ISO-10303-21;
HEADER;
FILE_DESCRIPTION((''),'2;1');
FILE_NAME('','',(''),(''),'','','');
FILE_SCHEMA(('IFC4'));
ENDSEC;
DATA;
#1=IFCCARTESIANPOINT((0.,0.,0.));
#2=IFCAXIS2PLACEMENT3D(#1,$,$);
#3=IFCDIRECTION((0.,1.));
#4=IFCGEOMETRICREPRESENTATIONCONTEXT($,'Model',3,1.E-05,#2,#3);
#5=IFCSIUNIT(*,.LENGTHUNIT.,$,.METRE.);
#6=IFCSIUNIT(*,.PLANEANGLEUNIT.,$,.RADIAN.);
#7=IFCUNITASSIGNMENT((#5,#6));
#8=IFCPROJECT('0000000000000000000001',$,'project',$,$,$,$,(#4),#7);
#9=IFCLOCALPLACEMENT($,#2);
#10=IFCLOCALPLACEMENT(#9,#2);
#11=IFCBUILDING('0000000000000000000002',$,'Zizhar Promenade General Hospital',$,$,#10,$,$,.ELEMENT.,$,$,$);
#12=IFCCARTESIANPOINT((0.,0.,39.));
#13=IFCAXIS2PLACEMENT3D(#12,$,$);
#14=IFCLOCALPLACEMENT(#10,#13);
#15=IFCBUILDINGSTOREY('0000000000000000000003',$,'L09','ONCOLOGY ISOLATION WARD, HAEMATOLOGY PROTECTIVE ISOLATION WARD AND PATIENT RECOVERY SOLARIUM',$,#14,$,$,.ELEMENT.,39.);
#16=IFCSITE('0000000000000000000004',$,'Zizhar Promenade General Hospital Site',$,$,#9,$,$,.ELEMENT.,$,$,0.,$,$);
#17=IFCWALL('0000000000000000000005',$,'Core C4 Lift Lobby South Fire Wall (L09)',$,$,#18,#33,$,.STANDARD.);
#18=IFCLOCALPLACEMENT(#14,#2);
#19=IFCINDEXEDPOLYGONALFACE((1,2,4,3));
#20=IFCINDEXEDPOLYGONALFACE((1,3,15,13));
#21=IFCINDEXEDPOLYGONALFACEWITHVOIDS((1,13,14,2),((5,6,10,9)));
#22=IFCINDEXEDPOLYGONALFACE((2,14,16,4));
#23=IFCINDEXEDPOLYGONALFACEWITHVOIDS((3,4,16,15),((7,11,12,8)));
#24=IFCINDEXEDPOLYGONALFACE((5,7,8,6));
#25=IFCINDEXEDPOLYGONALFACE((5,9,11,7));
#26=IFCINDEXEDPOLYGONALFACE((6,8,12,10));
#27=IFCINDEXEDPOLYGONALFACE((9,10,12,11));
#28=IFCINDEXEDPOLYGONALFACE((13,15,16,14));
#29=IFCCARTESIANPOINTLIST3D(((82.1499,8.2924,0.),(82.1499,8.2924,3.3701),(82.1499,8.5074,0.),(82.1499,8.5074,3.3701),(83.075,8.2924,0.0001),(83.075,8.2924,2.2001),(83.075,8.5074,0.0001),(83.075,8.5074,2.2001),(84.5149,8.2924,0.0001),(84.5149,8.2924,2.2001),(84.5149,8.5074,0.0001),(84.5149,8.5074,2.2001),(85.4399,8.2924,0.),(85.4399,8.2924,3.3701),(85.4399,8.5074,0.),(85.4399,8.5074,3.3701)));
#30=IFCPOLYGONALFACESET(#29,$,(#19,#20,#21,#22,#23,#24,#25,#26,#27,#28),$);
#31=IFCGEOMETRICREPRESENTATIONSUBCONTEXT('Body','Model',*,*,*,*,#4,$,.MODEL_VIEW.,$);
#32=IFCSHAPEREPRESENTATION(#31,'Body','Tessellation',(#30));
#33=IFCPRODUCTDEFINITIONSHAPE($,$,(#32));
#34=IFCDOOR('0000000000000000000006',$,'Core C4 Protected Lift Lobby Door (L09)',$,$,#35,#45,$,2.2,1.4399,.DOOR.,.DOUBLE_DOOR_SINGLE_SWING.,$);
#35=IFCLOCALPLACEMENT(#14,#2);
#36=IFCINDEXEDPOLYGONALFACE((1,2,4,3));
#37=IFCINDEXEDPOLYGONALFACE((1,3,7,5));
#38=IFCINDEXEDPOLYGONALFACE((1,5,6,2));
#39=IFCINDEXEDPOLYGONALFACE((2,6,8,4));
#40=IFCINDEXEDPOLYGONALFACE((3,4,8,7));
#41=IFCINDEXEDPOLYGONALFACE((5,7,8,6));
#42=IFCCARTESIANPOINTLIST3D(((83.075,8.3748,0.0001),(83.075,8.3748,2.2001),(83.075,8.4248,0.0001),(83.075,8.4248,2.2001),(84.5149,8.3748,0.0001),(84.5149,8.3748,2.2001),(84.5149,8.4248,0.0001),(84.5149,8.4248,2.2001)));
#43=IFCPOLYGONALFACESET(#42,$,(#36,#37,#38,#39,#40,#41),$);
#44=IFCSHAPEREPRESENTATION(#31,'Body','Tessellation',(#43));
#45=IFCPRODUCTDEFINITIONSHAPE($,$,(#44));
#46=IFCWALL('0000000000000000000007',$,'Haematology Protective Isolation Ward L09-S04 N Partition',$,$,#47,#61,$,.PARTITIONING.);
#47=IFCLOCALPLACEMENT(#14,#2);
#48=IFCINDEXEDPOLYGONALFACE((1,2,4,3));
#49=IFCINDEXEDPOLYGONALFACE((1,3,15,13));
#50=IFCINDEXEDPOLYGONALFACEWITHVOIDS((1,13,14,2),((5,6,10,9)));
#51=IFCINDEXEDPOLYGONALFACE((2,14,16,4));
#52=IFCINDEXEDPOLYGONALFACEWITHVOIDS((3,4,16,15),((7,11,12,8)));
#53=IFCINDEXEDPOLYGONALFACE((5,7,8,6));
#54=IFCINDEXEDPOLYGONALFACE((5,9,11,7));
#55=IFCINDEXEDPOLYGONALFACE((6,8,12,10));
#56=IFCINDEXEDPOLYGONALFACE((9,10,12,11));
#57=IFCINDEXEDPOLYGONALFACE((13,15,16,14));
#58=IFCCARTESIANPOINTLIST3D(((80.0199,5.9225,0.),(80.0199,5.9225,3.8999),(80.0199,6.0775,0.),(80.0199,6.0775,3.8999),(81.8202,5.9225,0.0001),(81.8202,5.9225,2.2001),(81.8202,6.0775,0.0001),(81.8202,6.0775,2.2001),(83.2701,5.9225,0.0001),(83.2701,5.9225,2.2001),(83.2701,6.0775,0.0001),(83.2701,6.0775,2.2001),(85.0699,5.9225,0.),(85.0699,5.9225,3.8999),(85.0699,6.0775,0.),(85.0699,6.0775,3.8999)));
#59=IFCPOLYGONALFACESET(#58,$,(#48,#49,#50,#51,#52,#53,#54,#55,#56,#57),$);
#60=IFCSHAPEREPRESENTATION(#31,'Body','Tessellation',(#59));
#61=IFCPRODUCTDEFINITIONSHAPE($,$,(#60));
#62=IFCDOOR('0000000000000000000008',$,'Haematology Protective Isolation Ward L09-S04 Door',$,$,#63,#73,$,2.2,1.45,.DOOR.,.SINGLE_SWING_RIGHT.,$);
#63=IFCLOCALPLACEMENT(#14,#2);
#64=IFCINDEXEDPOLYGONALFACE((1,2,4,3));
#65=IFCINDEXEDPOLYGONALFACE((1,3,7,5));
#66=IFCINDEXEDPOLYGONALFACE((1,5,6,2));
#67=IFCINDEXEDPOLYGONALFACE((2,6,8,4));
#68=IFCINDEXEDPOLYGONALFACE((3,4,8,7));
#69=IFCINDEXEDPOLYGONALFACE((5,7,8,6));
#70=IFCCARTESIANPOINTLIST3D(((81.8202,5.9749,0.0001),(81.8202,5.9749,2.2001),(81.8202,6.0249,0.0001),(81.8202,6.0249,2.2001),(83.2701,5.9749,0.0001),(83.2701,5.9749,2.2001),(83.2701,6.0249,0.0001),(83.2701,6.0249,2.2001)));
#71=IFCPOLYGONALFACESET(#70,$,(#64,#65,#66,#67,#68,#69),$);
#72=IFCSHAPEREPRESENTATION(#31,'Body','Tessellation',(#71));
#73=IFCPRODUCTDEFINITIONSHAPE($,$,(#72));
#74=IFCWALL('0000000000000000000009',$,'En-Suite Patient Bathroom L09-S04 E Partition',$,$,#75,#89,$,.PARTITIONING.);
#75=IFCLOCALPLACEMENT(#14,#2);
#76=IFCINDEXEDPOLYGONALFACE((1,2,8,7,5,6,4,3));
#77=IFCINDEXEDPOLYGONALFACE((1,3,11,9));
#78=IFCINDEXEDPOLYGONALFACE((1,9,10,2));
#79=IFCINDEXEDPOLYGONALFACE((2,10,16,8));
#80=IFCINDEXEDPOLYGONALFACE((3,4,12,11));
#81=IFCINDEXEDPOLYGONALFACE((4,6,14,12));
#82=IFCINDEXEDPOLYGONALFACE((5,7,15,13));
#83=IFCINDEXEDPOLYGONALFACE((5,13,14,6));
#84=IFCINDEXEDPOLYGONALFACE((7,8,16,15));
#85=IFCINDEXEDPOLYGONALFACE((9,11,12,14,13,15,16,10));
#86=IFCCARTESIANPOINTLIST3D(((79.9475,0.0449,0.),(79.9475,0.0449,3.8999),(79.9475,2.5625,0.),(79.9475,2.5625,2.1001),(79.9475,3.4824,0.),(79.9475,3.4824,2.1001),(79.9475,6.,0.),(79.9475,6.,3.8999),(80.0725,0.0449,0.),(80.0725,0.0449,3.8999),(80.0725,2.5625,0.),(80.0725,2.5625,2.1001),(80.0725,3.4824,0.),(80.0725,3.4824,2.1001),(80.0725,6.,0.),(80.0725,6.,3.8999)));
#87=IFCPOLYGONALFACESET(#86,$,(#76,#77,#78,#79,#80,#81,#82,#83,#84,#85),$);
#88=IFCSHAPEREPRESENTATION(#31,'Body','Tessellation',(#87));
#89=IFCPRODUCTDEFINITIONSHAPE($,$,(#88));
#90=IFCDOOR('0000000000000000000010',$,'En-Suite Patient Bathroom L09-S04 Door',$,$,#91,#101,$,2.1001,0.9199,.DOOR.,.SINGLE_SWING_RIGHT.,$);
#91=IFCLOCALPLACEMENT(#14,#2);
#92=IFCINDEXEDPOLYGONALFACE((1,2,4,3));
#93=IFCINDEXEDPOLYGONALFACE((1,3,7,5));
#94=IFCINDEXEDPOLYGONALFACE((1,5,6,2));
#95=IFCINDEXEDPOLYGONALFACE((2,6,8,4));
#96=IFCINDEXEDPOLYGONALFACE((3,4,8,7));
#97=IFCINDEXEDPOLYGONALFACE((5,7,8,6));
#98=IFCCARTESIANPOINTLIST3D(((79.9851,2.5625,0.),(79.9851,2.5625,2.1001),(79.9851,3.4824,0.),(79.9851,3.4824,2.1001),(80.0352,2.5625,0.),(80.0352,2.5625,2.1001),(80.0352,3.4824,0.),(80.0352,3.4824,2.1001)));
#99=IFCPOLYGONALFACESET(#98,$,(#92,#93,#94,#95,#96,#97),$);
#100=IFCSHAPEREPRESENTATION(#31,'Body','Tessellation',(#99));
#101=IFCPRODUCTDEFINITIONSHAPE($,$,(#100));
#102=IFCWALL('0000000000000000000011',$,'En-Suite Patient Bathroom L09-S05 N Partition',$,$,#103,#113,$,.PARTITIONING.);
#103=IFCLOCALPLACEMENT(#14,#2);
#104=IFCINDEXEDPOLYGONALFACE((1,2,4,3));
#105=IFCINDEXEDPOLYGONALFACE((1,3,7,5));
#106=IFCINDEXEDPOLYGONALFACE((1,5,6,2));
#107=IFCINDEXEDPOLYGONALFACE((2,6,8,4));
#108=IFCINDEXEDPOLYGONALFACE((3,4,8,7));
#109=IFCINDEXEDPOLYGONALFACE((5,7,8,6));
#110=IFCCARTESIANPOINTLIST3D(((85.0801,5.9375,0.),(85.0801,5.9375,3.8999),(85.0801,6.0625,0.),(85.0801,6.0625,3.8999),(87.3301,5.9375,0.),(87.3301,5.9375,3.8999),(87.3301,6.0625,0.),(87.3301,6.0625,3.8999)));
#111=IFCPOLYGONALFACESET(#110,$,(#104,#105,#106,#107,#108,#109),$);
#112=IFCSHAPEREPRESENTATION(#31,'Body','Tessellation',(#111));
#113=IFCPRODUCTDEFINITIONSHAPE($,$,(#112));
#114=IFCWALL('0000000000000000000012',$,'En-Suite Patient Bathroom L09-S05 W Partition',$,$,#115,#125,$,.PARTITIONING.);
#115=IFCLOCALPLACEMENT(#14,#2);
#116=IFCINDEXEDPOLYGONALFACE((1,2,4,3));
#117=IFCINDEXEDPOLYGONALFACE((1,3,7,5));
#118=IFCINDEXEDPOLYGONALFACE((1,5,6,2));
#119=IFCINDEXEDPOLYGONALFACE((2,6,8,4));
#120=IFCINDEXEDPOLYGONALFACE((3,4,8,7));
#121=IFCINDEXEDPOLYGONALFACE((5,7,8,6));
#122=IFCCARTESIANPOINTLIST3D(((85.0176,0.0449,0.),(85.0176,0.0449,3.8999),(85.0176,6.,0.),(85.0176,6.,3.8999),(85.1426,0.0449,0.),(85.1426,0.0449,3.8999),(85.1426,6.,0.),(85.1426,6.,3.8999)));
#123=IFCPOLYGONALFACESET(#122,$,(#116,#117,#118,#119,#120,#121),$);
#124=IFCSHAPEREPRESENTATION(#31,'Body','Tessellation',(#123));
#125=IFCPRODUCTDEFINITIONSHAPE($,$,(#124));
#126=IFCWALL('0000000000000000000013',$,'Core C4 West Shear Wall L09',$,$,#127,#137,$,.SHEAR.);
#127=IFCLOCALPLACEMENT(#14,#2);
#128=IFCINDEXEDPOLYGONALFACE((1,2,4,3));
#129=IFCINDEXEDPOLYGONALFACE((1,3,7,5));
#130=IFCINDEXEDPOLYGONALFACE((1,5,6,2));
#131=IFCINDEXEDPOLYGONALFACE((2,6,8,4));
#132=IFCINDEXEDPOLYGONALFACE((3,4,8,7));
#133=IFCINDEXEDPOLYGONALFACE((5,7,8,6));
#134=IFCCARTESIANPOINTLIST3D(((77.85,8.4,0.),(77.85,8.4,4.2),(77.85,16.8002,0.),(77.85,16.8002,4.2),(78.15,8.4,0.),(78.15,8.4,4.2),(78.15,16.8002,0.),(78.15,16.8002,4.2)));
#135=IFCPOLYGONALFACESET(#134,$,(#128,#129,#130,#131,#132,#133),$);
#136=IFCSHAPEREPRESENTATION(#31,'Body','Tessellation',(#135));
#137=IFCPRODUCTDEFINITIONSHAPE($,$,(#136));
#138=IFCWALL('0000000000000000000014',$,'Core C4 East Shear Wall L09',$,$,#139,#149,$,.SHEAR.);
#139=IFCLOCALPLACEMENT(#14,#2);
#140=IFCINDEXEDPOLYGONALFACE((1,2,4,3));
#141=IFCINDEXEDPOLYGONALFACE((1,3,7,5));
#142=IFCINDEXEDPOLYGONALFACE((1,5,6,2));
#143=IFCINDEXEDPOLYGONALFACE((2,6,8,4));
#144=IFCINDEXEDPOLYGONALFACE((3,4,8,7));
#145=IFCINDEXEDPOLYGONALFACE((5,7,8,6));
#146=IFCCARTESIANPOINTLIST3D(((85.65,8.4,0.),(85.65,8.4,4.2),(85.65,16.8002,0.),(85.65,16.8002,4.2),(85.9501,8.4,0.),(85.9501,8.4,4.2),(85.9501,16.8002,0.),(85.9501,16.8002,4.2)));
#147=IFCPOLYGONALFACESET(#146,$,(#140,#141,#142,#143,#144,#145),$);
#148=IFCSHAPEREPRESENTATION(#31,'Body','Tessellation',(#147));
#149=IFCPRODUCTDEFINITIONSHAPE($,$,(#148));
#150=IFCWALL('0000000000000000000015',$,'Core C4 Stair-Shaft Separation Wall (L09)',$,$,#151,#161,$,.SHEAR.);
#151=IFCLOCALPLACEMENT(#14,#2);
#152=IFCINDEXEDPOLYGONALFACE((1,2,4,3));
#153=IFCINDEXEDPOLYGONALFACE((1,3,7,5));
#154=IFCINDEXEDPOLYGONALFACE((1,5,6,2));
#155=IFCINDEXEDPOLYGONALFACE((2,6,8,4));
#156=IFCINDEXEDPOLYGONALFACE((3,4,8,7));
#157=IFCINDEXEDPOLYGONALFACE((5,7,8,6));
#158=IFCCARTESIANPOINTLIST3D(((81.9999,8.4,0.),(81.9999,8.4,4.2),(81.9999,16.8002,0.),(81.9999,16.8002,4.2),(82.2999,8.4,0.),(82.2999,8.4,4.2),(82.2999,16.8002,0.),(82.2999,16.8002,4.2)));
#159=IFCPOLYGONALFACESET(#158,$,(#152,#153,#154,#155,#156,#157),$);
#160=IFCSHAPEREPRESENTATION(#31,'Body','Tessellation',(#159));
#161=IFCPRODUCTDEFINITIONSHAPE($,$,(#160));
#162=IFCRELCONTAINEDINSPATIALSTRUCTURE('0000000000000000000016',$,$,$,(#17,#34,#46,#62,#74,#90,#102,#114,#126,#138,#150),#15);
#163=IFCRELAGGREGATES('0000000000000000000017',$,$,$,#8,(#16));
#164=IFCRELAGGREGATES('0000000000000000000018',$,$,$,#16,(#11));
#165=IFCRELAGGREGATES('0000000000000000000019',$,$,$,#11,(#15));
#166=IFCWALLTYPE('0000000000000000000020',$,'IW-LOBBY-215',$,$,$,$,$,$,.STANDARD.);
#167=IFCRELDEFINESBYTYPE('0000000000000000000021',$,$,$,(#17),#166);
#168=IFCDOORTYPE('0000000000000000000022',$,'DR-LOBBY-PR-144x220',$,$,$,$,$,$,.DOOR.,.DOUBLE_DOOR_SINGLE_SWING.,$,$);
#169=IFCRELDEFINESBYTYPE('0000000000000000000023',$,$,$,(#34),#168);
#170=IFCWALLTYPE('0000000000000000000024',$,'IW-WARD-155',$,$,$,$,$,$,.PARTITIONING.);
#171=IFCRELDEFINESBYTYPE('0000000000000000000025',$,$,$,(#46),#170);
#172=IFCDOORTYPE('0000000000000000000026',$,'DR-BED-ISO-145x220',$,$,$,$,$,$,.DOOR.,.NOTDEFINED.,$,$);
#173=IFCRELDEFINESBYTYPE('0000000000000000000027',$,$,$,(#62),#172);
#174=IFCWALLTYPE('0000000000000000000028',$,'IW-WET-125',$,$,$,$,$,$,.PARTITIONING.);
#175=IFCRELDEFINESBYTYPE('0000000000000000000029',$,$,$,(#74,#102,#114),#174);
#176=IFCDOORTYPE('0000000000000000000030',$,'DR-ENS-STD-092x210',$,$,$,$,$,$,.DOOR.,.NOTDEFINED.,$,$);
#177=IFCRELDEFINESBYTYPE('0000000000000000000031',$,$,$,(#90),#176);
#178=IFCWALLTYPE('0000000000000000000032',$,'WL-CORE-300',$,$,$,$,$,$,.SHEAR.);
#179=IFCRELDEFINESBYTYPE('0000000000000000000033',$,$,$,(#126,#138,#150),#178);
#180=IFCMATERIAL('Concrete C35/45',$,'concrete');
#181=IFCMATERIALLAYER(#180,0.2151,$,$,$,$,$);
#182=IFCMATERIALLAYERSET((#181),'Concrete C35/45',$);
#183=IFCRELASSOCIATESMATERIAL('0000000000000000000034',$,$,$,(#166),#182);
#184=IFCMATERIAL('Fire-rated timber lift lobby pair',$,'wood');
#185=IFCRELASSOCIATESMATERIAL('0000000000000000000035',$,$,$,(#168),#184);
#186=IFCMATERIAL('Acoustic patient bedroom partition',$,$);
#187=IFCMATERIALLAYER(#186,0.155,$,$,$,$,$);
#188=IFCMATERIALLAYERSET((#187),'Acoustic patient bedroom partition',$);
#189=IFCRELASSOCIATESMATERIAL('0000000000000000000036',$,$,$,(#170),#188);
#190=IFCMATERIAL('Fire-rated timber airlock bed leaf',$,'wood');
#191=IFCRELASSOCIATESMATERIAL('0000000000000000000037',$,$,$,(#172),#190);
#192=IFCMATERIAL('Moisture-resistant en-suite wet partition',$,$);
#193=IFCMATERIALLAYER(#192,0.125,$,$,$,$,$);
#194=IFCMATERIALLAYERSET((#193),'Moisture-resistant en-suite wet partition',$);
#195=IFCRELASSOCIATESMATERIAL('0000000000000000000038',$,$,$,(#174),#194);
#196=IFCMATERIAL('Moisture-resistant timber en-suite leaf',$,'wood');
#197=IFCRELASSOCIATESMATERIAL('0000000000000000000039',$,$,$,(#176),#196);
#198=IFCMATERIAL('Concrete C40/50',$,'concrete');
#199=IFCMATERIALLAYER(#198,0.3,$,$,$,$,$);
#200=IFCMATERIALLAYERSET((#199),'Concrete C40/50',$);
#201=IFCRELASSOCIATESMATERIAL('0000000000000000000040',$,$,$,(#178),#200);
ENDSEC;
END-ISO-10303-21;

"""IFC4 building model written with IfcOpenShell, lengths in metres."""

from ifc_helpers import new_model, si_unit, direction, frame, frame_2d, origin, place, context, subcontext, project, spatial, rectangle, extrude, material, layer, layer_set, type_object, element, fill, save


model = new_model("IFC4")

# Units and contexts
model_context = context("Model", 3, precision=1e-05, world=origin(), true_north=direction((0.0, 1.0)))
body_context = subcontext(model_context, "Body", "Model", "MODEL_VIEW")
ifc_project = project(units=[si_unit("LENGTHUNIT", "METRE"), si_unit("PLANEANGLEUNIT", "RADIAN")], contexts=[model_context])

# Site, building, storey
site_placement = place(None, origin())
site = spatial("IfcSite", under=ifc_project, at=site_placement, Name="Zizhar Promenade General Hospital Site", CompositionType="ELEMENT", RefElevation=0.0)
building_placement = place(site_placement, origin())
building = spatial("IfcBuilding", under=site, at=building_placement, Name="Zizhar Promenade General Hospital", CompositionType="ELEMENT")
storey_placement = place(building_placement, frame((0.0, 0.0, 39.0)))
storey = spatial("IfcBuildingStorey", under=building, at=storey_placement, Name="L09", Description="ONCOLOGY ISOLATION WARD, HAEMATOLOGY PROTECTIVE ISOLATION WARD AND PATIENT RECOVERY SOLARIUM", CompositionType="ELEMENT", Elevation=39.0)

# Walls, openings, doors
ifc_material_1 = material(Name="Concrete C35/45", Category="concrete")
ifc_layer_1 = layer(ifc_material_1, 0.2151)
ifc_layer_set_1 = layer_set([ifc_layer_1], Name="Concrete C35/45")
wall_type_1 = type_object("IfcWallType", Name="IW-LOBBY-215", PredefinedType="STANDARD", material=ifc_layer_set_1)
wall_1_placement = place(storey_placement, frame((82.1499, 8.3999, 0.0), z_axis=(0.0, 0.0, 1.0), x_axis=(1.0, 0.0, 0.0)))
wall_1 = element("IfcWall", 1, at=wall_1_placement, inside=storey, type_object=wall_type_1, Name="Core C4 Lift Lobby South Fire Wall (L09)", PredefinedType="STANDARD", context=body_context, shape_type="SweptSolid", body=[
    extrude(rectangle(XDim=3.29, YDim=0.2151, at=frame_2d((1.645, 0.0))), origin(), (0.0, 0.0, 1.0), 3.3701),
])
opening_1_placement = place(wall_1_placement, frame((0.925, 0.0, 0.0)))
opening_1 = element("IfcOpeningElement", 2, at=opening_1_placement, cuts=wall_1, PredefinedType="OPENING", context=body_context, shape_type="SweptSolid", body=[
    extrude(rectangle(XDim=1.4399, YDim=2.2, at=frame_2d((0.72, 1.1001))), frame((0.0, 0.1177, 0.0), z_axis=(0.0, -1.0, 0.0), x_axis=(1.0, 0.0, 0.0)), (0.0, 0.0, 1.0), 0.2351),
])
ifc_material_2 = material(Name="Fire-rated timber lift lobby pair", Category="wood")
door_type_1 = type_object("IfcDoorType", Name="DR-LOBBY-PR-144x220", OperationType="DOUBLE_DOOR_SINGLE_SWING", PredefinedType="DOOR", material=ifc_material_2)
door_1_placement = place(opening_1_placement, origin())
door_1 = element("IfcDoor", 3, at=door_1_placement, inside=storey, type_object=door_type_1, Name="Core C4 Protected Lift Lobby Door (L09)", OperationType="DOUBLE_DOOR_SINGLE_SWING", OverallHeight=2.2, OverallWidth=1.4399, PredefinedType="DOOR", context=body_context, shape_type="SweptSolid", body=[
    extrude(rectangle(XDim=1.4399, YDim=2.2, at=frame_2d((0.72, 1.1001))), frame((0.0, 0.0249, 0.0), z_axis=(0.0, -1.0, 0.0), x_axis=(1.0, 0.0, 0.0)), (0.0, 0.0, 1.0), 0.05),
])
fill(opening_1, door_1)
ifc_material_3 = material(Name="Acoustic patient bedroom partition")
ifc_layer_2 = layer(ifc_material_3, 0.155)
ifc_layer_set_2 = layer_set([ifc_layer_2], Name="Acoustic patient bedroom partition")
wall_type_2 = type_object("IfcWallType", Name="IW-WARD-155", PredefinedType="PARTITIONING", material=ifc_layer_set_2)
wall_2_placement = place(storey_placement, frame((80.02, 6.0, 0.0), z_axis=(0.0, 0.0, 1.0), x_axis=(1.0, 0.0, 0.0)))
wall_2 = element("IfcWall", 4, at=wall_2_placement, inside=storey, type_object=wall_type_2, Name="Haematology Protective Isolation Ward L09-S04 N Partition", PredefinedType="PARTITIONING", context=body_context, shape_type="SweptSolid", body=[
    extrude(rectangle(XDim=5.05, YDim=0.155, at=frame_2d((2.5249, 0.0))), origin(), (0.0, 0.0, 1.0), 3.8999),
])
opening_2_placement = place(wall_2_placement, frame((1.8, 0.0, 0.0)))
opening_2 = element("IfcOpeningElement", 5, at=opening_2_placement, cuts=wall_2, PredefinedType="OPENING", context=body_context, shape_type="SweptSolid", body=[
    extrude(rectangle(XDim=1.45, YDim=2.2, at=frame_2d((0.7251, 1.1001))), frame((0.0, 0.0874, 0.0), z_axis=(0.0, -1.0, 0.0), x_axis=(1.0, 0.0, 0.0)), (0.0, 0.0, 1.0), 0.175),
])
ifc_material_4 = material(Name="Fire-rated timber airlock bed leaf", Category="wood")
door_type_2 = type_object("IfcDoorType", Name="DR-BED-ISO-145x220", OperationType="NOTDEFINED", PredefinedType="DOOR", material=ifc_material_4)
door_2_placement = place(opening_2_placement, origin())
door_2 = element("IfcDoor", 6, at=door_2_placement, inside=storey, type_object=door_type_2, Name="Haematology Protective Isolation Ward L09-S04 Door", OperationType="SINGLE_SWING_RIGHT", OverallHeight=2.2, OverallWidth=1.45, PredefinedType="DOOR", context=body_context, shape_type="SweptSolid", body=[
    extrude(rectangle(XDim=1.45, YDim=2.2, at=frame_2d((0.7251, 1.1001))), frame((0.0, 0.0249, 0.0), z_axis=(0.0, -1.0, 0.0), x_axis=(1.0, 0.0, 0.0)), (0.0, 0.0, 1.0), 0.05),
])
fill(opening_2, door_2)
ifc_material_5 = material(Name="Moisture-resistant en-suite wet partition")
ifc_layer_3 = layer(ifc_material_5, 0.125)
ifc_layer_set_3 = layer_set([ifc_layer_3], Name="Moisture-resistant en-suite wet partition")
wall_type_3 = type_object("IfcWallType", Name="IW-WET-125", PredefinedType="PARTITIONING", material=ifc_layer_set_3)
wall_3_placement = place(storey_placement, frame((80.01, 0.0449, 0.0), z_axis=(0.0, 0.0, 1.0), x_axis=(0.0, 1.0, 0.0)))
wall_3 = element("IfcWall", 7, at=wall_3_placement, inside=storey, type_object=wall_type_3, Name="En-Suite Patient Bathroom L09-S04 E Partition", PredefinedType="PARTITIONING", context=body_context, shape_type="SweptSolid", body=[
    extrude(rectangle(XDim=5.9551, YDim=0.125, at=frame_2d((2.9775, 0.0))), origin(), (0.0, 0.0, 1.0), 3.8999),
])
opening_3_placement = place(wall_3_placement, frame((2.5176, 0.0, 0.0)))
opening_3 = element("IfcOpeningElement", 8, at=opening_3_placement, cuts=wall_3, PredefinedType="OPENING", context=body_context, shape_type="SweptSolid", body=[
    extrude(rectangle(XDim=0.9199, YDim=2.1001, at=frame_2d((0.46, 1.05))), frame((0.0, 0.0725, 0.0), z_axis=(0.0, -1.0, 0.0), x_axis=(1.0, 0.0, 0.0)), (0.0, 0.0, 1.0), 0.145),
])
ifc_material_6 = material(Name="Moisture-resistant timber en-suite leaf", Category="wood")
door_type_3 = type_object("IfcDoorType", Name="DR-ENS-STD-092x210", OperationType="NOTDEFINED", PredefinedType="DOOR", material=ifc_material_6)
door_3_placement = place(opening_3_placement, origin())
door_3 = element("IfcDoor", 9, at=door_3_placement, inside=storey, type_object=door_type_3, Name="En-Suite Patient Bathroom L09-S04 Door", OperationType="SINGLE_SWING_RIGHT", OverallHeight=2.1001, OverallWidth=0.9199, PredefinedType="DOOR", context=body_context, shape_type="SweptSolid", body=[
    extrude(rectangle(XDim=0.9199, YDim=2.1001, at=frame_2d((0.46, 1.05))), frame((0.0, 0.0249, 0.0), z_axis=(0.0, -1.0, 0.0), x_axis=(1.0, 0.0, 0.0)), (0.0, 0.0, 1.0), 0.05),
])
fill(opening_3, door_3)

# Walls
wall_4_placement = place(storey_placement, frame((85.0801, 6.0, 0.0), z_axis=(0.0, 0.0, 1.0), x_axis=(1.0, 0.0, 0.0)))
element("IfcWall", 10, at=wall_4_placement, inside=storey, type_object=wall_type_3, Name="En-Suite Patient Bathroom L09-S05 N Partition", PredefinedType="PARTITIONING", context=body_context, shape_type="SweptSolid", body=[
    extrude(rectangle(XDim=2.25, YDim=0.125, at=frame_2d((1.125, 0.0))), origin(), (0.0, 0.0, 1.0), 3.8999),
])
wall_5_placement = place(storey_placement, frame((85.0801, 0.0449, 0.0), z_axis=(0.0, 0.0, 1.0), x_axis=(0.0, 1.0, 0.0)))
element("IfcWall", 11, at=wall_5_placement, inside=storey, type_object=wall_type_3, Name="En-Suite Patient Bathroom L09-S05 W Partition", PredefinedType="PARTITIONING", context=body_context, shape_type="SweptSolid", body=[
    extrude(rectangle(XDim=5.9551, YDim=0.125, at=frame_2d((2.9775, 0.0))), origin(), (0.0, 0.0, 1.0), 3.8999),
])
ifc_material_7 = material(Name="Concrete C40/50", Category="concrete")
ifc_layer_4 = layer(ifc_material_7, 0.3)
ifc_layer_set_4 = layer_set([ifc_layer_4], Name="Concrete C40/50")
wall_type_4 = type_object("IfcWallType", Name="WL-CORE-300", PredefinedType="SHEAR", material=ifc_layer_set_4)
for number, where, z_axis, x_axis, name in (
    (12, (78.0, 8.3999, 0.0), (0.0, 0.0, 1.0), (0.0, 1.0, 0.0), "Core C4 West Shear Wall L09"),
    (13, (85.8, 8.3999, 0.0), (0.0, 0.0, 1.0), (0.0, 1.0, 0.0), "Core C4 East Shear Wall L09"),
):
    element("IfcWall", number, at=place(storey_placement, frame(where, z_axis=z_axis, x_axis=x_axis)), inside=storey, type_object=wall_type_4, Name=name, PredefinedType="SHEAR", context=body_context, shape_type="SweptSolid", body=[
        extrude(rectangle(XDim=8.4001, YDim=0.3, at=frame_2d((4.2002, 0.0))), origin(), (0.0, 0.0, 1.0), 4.2),
    ])

# Wall
wall_6_placement = place(storey_placement, frame((82.1499, 8.3999, 0.0), z_axis=(0.0, 0.0, 1.0), x_axis=(0.0, 1.0, 0.0)))
element("IfcWall", 14, at=wall_6_placement, inside=storey, type_object=wall_type_4, Name="Core C4 Stair-Shaft Separation Wall (L09)", PredefinedType="SHEAR", context=body_context, shape_type="SweptSolid", body=[
    extrude(rectangle(XDim=8.4001, YDim=0.3, at=frame_2d((4.2002, 0.0))), origin(), (0.0, 0.0, 1.0), 4.2),
])

save(model, "model.ifc")
